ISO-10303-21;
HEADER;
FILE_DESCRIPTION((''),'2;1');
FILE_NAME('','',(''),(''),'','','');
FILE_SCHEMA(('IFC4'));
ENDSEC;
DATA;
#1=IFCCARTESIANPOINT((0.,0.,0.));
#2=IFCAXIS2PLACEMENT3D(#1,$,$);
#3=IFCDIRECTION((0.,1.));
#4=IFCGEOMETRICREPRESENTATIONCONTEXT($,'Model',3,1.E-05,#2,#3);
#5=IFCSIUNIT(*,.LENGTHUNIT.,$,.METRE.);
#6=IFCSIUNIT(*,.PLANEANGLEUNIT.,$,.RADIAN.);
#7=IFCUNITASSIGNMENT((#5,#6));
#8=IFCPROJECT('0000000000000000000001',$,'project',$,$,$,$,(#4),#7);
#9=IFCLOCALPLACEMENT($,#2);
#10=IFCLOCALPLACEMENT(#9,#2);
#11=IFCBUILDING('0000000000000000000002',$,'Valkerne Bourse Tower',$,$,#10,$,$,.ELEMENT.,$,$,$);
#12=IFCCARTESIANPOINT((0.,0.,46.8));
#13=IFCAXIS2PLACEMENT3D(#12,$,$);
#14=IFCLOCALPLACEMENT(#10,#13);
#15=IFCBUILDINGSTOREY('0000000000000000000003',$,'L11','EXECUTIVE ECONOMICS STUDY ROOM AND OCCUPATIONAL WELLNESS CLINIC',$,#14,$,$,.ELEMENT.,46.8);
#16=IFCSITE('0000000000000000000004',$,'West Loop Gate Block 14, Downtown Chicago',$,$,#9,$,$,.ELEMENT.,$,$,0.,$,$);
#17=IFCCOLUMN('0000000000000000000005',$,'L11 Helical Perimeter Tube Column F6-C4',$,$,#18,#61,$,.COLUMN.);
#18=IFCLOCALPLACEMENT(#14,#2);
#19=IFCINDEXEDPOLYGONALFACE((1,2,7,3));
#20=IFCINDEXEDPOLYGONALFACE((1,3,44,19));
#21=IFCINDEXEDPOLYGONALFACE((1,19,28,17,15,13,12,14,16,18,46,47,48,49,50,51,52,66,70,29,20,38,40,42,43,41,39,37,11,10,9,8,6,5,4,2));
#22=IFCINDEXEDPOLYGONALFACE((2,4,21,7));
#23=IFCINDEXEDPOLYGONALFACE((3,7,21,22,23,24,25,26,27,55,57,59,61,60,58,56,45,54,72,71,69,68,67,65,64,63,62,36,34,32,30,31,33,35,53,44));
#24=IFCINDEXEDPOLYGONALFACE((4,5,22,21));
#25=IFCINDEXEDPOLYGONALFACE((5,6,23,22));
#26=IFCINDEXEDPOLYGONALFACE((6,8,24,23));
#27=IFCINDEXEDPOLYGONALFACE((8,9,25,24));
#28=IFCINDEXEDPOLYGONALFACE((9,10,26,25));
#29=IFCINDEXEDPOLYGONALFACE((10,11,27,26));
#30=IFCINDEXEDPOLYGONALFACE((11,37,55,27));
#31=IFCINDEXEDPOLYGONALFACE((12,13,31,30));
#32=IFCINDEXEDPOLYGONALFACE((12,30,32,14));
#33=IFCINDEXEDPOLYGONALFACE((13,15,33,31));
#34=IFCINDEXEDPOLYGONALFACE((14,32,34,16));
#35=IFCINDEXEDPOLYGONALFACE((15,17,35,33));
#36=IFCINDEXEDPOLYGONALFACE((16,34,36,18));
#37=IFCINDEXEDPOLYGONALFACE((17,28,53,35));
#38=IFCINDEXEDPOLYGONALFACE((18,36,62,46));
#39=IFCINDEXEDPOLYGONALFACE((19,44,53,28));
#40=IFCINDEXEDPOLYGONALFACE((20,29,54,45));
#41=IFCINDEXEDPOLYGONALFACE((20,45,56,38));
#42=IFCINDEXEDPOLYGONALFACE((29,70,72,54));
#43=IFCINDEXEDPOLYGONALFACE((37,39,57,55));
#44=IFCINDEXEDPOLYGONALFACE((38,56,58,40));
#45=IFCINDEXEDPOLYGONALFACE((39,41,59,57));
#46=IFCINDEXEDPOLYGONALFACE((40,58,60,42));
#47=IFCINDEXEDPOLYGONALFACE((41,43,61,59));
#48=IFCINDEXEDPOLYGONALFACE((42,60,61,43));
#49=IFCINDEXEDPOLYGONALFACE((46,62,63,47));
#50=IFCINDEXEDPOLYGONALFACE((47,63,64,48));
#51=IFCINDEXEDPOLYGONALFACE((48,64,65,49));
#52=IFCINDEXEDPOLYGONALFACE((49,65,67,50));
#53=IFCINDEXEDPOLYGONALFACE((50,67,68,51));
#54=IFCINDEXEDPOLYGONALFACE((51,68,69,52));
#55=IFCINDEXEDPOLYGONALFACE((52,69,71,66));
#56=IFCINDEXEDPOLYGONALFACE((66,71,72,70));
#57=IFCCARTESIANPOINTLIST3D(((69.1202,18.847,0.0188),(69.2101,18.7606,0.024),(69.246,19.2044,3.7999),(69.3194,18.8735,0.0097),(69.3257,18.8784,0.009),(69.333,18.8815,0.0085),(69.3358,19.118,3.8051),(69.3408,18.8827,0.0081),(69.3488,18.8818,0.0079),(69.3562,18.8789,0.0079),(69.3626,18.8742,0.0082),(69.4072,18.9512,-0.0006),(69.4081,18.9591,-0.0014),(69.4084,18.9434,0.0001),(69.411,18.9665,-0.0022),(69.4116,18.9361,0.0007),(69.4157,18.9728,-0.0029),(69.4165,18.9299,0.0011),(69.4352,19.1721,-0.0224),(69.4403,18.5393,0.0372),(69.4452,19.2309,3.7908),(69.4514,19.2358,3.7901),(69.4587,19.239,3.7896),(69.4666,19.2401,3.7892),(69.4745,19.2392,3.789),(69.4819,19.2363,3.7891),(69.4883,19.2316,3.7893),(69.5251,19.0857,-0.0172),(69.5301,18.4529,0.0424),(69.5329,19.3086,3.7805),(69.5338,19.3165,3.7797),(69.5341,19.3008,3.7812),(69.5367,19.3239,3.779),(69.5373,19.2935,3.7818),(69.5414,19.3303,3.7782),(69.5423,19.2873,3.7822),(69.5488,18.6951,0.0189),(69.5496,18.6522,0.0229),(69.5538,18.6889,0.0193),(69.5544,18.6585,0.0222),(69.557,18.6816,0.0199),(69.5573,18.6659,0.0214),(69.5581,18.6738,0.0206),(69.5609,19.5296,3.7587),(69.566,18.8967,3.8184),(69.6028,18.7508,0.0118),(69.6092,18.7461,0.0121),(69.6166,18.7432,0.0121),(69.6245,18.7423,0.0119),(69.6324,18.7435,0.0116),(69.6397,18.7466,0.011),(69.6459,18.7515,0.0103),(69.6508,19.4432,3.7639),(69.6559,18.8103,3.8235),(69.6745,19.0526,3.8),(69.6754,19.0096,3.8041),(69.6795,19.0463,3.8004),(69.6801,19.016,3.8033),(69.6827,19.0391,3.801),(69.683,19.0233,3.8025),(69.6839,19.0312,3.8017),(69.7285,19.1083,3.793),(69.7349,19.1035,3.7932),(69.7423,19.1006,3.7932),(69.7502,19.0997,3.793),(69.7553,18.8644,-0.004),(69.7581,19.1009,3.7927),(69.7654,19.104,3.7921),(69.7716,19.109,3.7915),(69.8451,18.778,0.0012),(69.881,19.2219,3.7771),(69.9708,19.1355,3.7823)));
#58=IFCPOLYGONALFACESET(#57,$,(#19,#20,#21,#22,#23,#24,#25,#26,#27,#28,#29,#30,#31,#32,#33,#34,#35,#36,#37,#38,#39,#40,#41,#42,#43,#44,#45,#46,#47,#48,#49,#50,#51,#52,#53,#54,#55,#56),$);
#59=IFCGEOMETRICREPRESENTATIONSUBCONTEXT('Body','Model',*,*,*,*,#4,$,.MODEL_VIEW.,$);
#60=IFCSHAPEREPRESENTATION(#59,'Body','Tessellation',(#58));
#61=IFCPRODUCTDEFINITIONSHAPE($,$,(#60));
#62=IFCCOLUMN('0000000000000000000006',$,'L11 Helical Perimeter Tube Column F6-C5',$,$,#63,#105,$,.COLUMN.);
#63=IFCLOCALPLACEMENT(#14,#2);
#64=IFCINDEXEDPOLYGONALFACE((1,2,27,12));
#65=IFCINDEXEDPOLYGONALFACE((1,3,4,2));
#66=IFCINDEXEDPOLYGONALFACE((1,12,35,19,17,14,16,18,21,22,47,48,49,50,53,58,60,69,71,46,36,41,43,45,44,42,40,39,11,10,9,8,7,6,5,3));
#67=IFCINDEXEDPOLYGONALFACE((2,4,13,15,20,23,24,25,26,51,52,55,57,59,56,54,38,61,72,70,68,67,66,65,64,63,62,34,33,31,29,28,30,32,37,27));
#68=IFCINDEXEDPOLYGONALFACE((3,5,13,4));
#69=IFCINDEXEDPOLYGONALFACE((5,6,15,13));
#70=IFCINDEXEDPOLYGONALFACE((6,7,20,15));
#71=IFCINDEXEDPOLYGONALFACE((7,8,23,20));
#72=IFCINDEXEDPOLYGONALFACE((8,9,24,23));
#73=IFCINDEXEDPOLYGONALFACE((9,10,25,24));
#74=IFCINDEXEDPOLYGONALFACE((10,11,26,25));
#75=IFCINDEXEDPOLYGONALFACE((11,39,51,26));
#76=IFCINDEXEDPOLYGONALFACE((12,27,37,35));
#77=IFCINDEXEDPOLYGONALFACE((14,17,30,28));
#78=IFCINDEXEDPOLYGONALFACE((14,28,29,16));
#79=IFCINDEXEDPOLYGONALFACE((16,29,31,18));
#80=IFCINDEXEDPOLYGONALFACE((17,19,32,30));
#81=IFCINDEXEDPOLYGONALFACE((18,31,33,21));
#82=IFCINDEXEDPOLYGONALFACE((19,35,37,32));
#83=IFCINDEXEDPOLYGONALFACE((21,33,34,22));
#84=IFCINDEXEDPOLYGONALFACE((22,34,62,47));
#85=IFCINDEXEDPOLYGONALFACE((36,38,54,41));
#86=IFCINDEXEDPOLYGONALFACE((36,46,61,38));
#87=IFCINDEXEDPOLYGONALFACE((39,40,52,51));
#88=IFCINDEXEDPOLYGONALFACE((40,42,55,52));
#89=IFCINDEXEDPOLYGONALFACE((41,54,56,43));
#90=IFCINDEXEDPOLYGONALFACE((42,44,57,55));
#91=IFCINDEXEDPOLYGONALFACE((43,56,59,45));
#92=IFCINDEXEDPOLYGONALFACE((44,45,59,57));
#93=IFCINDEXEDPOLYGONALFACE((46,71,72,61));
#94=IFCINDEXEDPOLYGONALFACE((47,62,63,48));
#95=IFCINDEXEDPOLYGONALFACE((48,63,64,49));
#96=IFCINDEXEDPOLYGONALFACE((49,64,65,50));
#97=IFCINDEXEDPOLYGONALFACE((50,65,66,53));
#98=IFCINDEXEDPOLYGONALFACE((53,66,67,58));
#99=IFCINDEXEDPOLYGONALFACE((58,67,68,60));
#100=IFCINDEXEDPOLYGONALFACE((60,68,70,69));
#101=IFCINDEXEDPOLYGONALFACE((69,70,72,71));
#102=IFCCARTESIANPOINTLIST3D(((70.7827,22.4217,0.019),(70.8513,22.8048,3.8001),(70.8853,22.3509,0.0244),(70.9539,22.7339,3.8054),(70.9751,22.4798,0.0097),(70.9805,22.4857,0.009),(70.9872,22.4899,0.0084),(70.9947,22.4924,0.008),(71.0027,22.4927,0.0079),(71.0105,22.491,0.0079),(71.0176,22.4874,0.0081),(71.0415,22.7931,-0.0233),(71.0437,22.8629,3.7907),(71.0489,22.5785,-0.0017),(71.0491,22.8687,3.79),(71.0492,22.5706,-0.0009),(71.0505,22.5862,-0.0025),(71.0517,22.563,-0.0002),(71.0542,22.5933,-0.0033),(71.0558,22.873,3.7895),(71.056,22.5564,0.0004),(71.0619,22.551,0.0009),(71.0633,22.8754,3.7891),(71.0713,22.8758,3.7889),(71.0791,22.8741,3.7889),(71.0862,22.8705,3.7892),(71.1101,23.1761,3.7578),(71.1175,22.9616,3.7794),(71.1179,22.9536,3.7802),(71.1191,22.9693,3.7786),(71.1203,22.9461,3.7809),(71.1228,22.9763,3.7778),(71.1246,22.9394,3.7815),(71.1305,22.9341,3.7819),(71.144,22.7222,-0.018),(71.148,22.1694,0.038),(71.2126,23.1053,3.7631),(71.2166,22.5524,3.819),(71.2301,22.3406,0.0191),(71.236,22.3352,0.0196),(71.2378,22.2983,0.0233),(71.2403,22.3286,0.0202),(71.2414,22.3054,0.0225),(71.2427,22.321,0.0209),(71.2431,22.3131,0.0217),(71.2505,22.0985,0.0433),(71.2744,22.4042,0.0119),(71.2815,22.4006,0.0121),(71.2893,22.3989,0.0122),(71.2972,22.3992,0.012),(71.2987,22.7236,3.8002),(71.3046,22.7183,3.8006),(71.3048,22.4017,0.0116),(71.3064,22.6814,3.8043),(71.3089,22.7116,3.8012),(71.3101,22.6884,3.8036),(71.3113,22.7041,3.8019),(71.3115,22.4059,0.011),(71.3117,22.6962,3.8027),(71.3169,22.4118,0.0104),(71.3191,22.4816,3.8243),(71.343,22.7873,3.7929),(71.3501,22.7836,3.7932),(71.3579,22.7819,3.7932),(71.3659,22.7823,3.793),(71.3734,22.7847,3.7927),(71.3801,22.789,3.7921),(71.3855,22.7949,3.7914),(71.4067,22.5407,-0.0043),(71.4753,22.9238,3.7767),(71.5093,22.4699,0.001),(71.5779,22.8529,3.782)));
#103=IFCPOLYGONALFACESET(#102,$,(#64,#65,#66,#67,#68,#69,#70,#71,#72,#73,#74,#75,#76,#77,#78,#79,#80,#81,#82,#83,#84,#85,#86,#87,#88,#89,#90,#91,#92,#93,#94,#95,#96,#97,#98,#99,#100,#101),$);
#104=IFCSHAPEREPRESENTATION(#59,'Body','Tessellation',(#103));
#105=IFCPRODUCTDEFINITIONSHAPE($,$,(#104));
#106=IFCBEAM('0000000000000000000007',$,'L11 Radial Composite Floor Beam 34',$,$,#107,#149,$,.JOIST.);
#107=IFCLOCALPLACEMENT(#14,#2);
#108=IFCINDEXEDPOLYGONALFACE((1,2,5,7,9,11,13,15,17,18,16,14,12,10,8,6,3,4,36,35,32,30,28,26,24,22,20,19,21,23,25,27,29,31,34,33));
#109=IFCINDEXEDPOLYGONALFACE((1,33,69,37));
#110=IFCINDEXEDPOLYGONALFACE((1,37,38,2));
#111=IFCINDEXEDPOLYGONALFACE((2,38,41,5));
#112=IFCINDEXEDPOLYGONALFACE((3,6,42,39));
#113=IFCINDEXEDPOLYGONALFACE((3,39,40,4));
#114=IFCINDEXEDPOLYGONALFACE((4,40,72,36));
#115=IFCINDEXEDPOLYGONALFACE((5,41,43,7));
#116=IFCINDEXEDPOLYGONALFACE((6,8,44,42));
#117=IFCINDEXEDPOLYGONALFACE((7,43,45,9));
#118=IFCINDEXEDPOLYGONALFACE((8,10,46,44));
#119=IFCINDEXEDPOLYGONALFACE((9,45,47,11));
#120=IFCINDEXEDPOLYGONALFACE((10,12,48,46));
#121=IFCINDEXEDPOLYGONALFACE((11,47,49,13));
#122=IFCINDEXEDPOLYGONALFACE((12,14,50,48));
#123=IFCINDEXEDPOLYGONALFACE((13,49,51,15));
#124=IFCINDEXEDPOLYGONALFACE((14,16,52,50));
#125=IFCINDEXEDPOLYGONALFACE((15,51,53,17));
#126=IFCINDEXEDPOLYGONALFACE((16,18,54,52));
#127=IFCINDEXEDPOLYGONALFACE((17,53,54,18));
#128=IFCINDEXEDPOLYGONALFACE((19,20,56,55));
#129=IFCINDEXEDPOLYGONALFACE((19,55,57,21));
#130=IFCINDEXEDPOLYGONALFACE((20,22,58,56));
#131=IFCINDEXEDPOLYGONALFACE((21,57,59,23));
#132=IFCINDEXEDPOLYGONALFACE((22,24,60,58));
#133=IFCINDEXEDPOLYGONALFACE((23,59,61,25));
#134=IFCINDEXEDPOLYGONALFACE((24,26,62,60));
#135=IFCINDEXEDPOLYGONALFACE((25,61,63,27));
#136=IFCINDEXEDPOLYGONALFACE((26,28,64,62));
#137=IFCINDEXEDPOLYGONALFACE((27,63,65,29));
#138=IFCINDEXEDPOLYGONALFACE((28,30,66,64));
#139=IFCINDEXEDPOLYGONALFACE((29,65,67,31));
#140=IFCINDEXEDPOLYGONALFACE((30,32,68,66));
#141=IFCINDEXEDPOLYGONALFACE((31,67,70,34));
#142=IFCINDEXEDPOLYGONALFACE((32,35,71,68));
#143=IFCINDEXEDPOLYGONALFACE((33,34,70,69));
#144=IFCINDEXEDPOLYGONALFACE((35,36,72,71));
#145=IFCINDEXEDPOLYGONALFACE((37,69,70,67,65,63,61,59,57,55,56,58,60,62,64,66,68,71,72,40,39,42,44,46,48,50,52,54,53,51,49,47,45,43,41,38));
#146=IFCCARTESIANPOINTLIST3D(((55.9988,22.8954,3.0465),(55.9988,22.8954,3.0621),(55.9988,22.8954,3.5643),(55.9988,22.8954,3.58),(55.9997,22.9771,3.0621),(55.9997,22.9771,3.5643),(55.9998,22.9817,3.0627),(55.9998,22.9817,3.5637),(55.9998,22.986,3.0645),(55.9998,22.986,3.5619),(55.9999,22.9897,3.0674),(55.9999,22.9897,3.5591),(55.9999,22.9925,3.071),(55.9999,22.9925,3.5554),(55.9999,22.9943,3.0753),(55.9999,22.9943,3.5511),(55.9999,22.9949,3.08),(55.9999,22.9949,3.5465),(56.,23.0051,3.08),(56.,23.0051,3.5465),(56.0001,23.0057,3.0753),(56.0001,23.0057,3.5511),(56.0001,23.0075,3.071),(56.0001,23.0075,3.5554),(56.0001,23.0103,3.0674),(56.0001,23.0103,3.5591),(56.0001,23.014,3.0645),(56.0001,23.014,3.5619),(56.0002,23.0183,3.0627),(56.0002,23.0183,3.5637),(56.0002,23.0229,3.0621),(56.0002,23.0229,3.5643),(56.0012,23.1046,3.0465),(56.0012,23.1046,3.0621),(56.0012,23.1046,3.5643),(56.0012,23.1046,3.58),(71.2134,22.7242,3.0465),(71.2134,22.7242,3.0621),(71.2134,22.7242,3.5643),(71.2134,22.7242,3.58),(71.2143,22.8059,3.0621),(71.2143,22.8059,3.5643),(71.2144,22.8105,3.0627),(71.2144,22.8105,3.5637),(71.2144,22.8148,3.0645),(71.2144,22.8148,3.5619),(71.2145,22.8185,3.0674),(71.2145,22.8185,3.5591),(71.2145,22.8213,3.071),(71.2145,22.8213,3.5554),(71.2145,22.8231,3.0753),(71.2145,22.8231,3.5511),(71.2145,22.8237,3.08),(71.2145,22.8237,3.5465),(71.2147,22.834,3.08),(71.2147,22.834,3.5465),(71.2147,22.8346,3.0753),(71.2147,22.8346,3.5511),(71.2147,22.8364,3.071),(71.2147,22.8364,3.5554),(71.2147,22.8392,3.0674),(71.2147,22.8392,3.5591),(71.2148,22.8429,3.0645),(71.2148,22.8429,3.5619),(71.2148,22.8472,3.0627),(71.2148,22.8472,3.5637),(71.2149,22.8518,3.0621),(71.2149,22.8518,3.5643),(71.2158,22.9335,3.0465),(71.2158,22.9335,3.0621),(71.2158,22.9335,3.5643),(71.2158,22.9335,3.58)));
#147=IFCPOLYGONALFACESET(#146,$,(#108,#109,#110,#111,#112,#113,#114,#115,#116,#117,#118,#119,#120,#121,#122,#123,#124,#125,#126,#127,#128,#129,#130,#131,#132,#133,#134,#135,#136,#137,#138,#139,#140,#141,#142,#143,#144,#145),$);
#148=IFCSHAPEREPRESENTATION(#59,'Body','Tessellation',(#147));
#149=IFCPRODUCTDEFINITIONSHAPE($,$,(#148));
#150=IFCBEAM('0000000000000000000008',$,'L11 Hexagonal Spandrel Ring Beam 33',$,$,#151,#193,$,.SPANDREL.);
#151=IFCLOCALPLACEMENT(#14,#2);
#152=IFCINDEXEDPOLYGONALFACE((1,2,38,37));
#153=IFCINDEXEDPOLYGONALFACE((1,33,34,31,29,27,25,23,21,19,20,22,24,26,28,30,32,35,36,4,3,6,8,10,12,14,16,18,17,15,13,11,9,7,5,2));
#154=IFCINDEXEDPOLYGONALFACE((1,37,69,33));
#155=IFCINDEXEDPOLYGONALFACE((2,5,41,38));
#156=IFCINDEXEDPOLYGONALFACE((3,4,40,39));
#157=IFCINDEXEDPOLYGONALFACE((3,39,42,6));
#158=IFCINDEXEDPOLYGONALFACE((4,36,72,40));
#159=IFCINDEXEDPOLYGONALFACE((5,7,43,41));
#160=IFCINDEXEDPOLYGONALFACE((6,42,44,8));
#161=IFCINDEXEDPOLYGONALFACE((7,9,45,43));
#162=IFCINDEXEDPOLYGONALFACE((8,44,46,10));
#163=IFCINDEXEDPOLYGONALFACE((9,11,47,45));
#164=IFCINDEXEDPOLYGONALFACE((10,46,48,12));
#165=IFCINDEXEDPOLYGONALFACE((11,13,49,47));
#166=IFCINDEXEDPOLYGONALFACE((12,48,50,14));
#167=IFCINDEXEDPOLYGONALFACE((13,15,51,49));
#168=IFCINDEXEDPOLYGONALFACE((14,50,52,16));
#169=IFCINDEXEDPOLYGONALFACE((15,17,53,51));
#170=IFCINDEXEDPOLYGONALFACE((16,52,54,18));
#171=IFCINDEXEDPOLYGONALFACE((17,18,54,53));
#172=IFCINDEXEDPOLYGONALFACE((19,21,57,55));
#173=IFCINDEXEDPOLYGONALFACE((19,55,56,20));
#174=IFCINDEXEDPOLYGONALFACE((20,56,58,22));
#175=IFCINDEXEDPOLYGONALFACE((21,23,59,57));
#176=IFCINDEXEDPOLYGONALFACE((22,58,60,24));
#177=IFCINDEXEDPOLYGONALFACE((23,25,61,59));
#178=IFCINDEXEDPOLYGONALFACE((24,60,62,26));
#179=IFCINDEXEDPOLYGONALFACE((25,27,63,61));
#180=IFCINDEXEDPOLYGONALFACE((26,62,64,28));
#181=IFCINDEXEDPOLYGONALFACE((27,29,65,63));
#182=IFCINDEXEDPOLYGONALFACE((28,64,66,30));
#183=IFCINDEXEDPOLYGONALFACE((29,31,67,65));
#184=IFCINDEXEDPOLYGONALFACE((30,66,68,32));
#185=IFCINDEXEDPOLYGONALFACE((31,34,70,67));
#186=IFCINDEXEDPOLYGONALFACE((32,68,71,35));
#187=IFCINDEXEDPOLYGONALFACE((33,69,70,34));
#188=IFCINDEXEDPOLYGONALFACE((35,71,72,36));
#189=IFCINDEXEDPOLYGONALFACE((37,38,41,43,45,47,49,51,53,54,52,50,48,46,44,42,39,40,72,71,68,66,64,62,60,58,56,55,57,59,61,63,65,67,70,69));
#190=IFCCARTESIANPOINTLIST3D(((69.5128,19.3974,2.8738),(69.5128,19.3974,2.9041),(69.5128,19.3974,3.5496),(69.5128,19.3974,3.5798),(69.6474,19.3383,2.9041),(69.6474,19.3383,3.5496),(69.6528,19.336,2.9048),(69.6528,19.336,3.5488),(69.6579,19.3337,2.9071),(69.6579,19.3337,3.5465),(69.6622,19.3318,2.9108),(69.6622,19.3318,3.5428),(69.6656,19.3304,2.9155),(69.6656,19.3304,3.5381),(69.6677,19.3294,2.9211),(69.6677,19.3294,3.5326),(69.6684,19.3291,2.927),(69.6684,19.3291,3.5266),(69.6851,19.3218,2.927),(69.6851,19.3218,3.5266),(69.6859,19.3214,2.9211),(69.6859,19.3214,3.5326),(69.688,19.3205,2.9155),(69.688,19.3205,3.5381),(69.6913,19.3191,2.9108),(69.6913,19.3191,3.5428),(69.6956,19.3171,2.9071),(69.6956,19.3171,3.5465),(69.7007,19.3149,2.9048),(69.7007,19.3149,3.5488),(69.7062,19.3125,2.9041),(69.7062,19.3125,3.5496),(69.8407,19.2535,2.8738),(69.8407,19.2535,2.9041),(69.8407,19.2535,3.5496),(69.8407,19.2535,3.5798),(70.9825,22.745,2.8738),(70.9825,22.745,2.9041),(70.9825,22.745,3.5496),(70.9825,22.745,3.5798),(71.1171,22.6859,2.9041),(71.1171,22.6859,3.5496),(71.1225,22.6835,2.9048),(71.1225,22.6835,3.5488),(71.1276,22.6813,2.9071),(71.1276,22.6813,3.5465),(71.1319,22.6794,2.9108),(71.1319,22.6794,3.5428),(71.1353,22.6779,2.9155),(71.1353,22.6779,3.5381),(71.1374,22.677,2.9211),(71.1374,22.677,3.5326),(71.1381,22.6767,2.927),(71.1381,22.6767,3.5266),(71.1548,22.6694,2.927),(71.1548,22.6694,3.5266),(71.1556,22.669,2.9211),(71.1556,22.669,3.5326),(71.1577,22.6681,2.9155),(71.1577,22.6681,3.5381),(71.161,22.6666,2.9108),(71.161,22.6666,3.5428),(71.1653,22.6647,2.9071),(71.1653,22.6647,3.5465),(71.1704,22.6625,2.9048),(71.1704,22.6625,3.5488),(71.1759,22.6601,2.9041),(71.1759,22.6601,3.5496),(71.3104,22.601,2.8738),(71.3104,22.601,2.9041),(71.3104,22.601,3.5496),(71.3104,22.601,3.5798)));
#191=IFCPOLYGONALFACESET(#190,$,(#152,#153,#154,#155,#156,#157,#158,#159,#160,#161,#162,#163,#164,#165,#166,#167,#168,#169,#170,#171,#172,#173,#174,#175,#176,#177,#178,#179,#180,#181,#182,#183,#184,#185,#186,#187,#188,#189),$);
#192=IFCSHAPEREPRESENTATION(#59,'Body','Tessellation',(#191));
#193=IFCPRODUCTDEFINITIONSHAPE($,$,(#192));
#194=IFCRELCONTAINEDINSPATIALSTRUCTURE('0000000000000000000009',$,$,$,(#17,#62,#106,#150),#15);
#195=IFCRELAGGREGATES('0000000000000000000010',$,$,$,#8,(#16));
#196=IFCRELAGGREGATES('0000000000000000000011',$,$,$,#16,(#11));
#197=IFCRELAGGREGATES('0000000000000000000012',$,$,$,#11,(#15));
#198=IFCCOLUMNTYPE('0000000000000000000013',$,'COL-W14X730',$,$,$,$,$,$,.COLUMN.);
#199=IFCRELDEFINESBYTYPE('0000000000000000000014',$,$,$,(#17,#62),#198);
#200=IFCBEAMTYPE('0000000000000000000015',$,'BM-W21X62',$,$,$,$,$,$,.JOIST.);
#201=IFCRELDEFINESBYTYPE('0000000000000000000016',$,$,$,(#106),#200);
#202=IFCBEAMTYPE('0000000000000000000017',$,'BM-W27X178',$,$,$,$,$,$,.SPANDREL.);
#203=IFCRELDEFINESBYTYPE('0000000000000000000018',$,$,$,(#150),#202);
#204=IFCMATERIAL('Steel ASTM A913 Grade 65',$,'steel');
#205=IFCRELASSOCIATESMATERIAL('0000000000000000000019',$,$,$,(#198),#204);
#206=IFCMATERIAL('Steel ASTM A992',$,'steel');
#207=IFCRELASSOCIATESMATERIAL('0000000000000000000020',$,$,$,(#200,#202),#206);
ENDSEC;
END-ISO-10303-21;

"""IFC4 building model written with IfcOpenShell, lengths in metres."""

from ifc_helpers import new_model, si_unit, direction, frame, origin, origin_2d, place, context, subcontext, project, spatial, i_section, extrude, material, material_profile, profile_set, type_object, element, save


model = new_model("IFC4")

# Units and contexts
model_context = context("Model", 3, precision=1e-05, world=origin(), true_north=direction((0.0, 1.0)))
body_context = subcontext(model_context, "Body", "Model", "MODEL_VIEW")
ifc_project = project(units=[si_unit("LENGTHUNIT", "METRE"), si_unit("PLANEANGLEUNIT", "RADIAN")], contexts=[model_context])

# Site, building, storey
site_placement = place(None, origin())
site = spatial("IfcSite", under=ifc_project, at=site_placement, Name="West Loop Gate Block 14, Downtown Chicago", CompositionType="ELEMENT", RefElevation=0.0)
building_placement = place(site_placement, origin())
building = spatial("IfcBuilding", under=site, at=building_placement, Name="Valkerne Bourse Tower", CompositionType="ELEMENT")
storey_placement = place(building_placement, frame((0.0, 0.0, 46.8)))
storey = spatial("IfcBuildingStorey", under=building, at=storey_placement, Name="L11", Description="EXECUTIVE ECONOMICS STUDY ROOM AND OCCUPATIONAL WELLNESS CLINIC", CompositionType="ELEMENT", Elevation=46.8)

# Columns
ifc_material_1 = material(Name="Steel ASTM A913 Grade 65", Category="steel")
ifc_material_profile_1 = material_profile(ifc_material_1, i_section(OverallWidth=0.4546, OverallDepth=0.5691, WebThickness=0.0779, FlangeThickness=0.1248, FilletRadius=0.0305, at=origin_2d()), Name="W14X730")
ifc_profile_set_1 = profile_set([ifc_material_profile_1], Name="Steel ASTM A913 Grade 65")
column_type = type_object("IfcColumnType", Name="COL-W14X730", PredefinedType="COLUMN", material=ifc_profile_set_1)
column_1_placement = place(storey_placement, frame((69.4827, 18.8125, 0.01), z_axis=(0.033088, 0.09406, 0.995017), x_axis=(-0.692912, -0.7153, 0.09066)))
element("IfcColumn", 1, at=column_1_placement, inside=storey, type_object=column_type, Name="L11 Helical Perimeter Tube Column F6-C4", PredefinedType="COLUMN", context=body_context, shape_type="SweptSolid", body=[
    extrude(i_section(OverallWidth=0.4546, OverallDepth=0.5691, WebThickness=0.0779, FlangeThickness=0.1248, FilletRadius=0.0305, at=origin_2d()), origin(), (0.0, 0.0, 1.0), 3.8),
])
column_2_placement = place(storey_placement, frame((71.146, 22.4458, 0.01), z_axis=(0.018049, 0.100778, 0.994745), x_axis=(-0.569208, -0.816907, 0.093089)))
element("IfcColumn", 2, at=column_2_placement, inside=storey, type_object=column_type, Name="L11 Helical Perimeter Tube Column F6-C5", PredefinedType="COLUMN", context=body_context, shape_type="SweptSolid", body=[
    extrude(i_section(OverallWidth=0.4546, OverallDepth=0.5691, WebThickness=0.0779, FlangeThickness=0.1248, FilletRadius=0.0305, at=origin_2d()), origin(), (0.0, 0.0, 1.0), 3.801),
])

# Beams
ifc_material_2 = material(Name="Steel ASTM A992", Category="steel")
ifc_material_profile_2 = material_profile(ifc_material_2, i_section(OverallWidth=0.2092, OverallDepth=0.5334, WebThickness=0.0103, FlangeThickness=0.0156, FilletRadius=0.0178, at=origin_2d()), Name="W21X62")
ifc_profile_set_2 = profile_set([ifc_material_profile_2], Name="Steel ASTM A992")
beam_type_1 = type_object("IfcBeamType", Name="BM-W21X62", PredefinedType="JOIST", material=ifc_profile_set_2)
beam_1_placement = place(storey_placement, frame((71.2146, 22.8289, 3.3132), z_axis=(-0.999937, 0.011248, 0.0), x_axis=(-0.011248, -0.999937, 0.0)))
element("IfcBeam", 3, at=beam_1_placement, inside=storey, type_object=beam_type_1, Name="L11 Radial Composite Floor Beam 34", PredefinedType="JOIST", context=body_context, shape_type="SweptSolid", body=[
    extrude(i_section(OverallWidth=0.2092, OverallDepth=0.5334, WebThickness=0.0103, FlangeThickness=0.0156, FilletRadius=0.0178, at=origin_2d()), origin(), (0.0, 0.0, 1.0), 15.2156),
])
ifc_material_profile_3 = material_profile(ifc_material_2, i_section(OverallWidth=0.3582, OverallDepth=0.7061, WebThickness=0.0183, FlangeThickness=0.0303, FilletRadius=0.0229, at=origin_2d()), Name="W27X178")
ifc_profile_set_3 = profile_set([ifc_material_profile_3], Name="Steel ASTM A992")
beam_type_2 = type_object("IfcBeamType", Name="BM-W27X178", PredefinedType="SPANDREL", material=ifc_profile_set_3)
beam_2_placement = place(storey_placement, frame((69.6768, 19.3254, 3.2268), z_axis=(0.401996, 0.915642, 0.0), x_axis=(-0.915642, 0.401996, 0.0)))
element("IfcBeam", 4, at=beam_2_placement, inside=storey, type_object=beam_type_2, Name="L11 Hexagonal Spandrel Ring Beam 33", PredefinedType="SPANDREL", context=body_context, shape_type="SweptSolid", body=[
    extrude(i_section(OverallWidth=0.3582, OverallDepth=0.7061, WebThickness=0.0183, FlangeThickness=0.0303, FilletRadius=0.0229, at=origin_2d()), origin(), (0.0, 0.0, 1.0), 3.656),
])

save(model, "model.ifc")
